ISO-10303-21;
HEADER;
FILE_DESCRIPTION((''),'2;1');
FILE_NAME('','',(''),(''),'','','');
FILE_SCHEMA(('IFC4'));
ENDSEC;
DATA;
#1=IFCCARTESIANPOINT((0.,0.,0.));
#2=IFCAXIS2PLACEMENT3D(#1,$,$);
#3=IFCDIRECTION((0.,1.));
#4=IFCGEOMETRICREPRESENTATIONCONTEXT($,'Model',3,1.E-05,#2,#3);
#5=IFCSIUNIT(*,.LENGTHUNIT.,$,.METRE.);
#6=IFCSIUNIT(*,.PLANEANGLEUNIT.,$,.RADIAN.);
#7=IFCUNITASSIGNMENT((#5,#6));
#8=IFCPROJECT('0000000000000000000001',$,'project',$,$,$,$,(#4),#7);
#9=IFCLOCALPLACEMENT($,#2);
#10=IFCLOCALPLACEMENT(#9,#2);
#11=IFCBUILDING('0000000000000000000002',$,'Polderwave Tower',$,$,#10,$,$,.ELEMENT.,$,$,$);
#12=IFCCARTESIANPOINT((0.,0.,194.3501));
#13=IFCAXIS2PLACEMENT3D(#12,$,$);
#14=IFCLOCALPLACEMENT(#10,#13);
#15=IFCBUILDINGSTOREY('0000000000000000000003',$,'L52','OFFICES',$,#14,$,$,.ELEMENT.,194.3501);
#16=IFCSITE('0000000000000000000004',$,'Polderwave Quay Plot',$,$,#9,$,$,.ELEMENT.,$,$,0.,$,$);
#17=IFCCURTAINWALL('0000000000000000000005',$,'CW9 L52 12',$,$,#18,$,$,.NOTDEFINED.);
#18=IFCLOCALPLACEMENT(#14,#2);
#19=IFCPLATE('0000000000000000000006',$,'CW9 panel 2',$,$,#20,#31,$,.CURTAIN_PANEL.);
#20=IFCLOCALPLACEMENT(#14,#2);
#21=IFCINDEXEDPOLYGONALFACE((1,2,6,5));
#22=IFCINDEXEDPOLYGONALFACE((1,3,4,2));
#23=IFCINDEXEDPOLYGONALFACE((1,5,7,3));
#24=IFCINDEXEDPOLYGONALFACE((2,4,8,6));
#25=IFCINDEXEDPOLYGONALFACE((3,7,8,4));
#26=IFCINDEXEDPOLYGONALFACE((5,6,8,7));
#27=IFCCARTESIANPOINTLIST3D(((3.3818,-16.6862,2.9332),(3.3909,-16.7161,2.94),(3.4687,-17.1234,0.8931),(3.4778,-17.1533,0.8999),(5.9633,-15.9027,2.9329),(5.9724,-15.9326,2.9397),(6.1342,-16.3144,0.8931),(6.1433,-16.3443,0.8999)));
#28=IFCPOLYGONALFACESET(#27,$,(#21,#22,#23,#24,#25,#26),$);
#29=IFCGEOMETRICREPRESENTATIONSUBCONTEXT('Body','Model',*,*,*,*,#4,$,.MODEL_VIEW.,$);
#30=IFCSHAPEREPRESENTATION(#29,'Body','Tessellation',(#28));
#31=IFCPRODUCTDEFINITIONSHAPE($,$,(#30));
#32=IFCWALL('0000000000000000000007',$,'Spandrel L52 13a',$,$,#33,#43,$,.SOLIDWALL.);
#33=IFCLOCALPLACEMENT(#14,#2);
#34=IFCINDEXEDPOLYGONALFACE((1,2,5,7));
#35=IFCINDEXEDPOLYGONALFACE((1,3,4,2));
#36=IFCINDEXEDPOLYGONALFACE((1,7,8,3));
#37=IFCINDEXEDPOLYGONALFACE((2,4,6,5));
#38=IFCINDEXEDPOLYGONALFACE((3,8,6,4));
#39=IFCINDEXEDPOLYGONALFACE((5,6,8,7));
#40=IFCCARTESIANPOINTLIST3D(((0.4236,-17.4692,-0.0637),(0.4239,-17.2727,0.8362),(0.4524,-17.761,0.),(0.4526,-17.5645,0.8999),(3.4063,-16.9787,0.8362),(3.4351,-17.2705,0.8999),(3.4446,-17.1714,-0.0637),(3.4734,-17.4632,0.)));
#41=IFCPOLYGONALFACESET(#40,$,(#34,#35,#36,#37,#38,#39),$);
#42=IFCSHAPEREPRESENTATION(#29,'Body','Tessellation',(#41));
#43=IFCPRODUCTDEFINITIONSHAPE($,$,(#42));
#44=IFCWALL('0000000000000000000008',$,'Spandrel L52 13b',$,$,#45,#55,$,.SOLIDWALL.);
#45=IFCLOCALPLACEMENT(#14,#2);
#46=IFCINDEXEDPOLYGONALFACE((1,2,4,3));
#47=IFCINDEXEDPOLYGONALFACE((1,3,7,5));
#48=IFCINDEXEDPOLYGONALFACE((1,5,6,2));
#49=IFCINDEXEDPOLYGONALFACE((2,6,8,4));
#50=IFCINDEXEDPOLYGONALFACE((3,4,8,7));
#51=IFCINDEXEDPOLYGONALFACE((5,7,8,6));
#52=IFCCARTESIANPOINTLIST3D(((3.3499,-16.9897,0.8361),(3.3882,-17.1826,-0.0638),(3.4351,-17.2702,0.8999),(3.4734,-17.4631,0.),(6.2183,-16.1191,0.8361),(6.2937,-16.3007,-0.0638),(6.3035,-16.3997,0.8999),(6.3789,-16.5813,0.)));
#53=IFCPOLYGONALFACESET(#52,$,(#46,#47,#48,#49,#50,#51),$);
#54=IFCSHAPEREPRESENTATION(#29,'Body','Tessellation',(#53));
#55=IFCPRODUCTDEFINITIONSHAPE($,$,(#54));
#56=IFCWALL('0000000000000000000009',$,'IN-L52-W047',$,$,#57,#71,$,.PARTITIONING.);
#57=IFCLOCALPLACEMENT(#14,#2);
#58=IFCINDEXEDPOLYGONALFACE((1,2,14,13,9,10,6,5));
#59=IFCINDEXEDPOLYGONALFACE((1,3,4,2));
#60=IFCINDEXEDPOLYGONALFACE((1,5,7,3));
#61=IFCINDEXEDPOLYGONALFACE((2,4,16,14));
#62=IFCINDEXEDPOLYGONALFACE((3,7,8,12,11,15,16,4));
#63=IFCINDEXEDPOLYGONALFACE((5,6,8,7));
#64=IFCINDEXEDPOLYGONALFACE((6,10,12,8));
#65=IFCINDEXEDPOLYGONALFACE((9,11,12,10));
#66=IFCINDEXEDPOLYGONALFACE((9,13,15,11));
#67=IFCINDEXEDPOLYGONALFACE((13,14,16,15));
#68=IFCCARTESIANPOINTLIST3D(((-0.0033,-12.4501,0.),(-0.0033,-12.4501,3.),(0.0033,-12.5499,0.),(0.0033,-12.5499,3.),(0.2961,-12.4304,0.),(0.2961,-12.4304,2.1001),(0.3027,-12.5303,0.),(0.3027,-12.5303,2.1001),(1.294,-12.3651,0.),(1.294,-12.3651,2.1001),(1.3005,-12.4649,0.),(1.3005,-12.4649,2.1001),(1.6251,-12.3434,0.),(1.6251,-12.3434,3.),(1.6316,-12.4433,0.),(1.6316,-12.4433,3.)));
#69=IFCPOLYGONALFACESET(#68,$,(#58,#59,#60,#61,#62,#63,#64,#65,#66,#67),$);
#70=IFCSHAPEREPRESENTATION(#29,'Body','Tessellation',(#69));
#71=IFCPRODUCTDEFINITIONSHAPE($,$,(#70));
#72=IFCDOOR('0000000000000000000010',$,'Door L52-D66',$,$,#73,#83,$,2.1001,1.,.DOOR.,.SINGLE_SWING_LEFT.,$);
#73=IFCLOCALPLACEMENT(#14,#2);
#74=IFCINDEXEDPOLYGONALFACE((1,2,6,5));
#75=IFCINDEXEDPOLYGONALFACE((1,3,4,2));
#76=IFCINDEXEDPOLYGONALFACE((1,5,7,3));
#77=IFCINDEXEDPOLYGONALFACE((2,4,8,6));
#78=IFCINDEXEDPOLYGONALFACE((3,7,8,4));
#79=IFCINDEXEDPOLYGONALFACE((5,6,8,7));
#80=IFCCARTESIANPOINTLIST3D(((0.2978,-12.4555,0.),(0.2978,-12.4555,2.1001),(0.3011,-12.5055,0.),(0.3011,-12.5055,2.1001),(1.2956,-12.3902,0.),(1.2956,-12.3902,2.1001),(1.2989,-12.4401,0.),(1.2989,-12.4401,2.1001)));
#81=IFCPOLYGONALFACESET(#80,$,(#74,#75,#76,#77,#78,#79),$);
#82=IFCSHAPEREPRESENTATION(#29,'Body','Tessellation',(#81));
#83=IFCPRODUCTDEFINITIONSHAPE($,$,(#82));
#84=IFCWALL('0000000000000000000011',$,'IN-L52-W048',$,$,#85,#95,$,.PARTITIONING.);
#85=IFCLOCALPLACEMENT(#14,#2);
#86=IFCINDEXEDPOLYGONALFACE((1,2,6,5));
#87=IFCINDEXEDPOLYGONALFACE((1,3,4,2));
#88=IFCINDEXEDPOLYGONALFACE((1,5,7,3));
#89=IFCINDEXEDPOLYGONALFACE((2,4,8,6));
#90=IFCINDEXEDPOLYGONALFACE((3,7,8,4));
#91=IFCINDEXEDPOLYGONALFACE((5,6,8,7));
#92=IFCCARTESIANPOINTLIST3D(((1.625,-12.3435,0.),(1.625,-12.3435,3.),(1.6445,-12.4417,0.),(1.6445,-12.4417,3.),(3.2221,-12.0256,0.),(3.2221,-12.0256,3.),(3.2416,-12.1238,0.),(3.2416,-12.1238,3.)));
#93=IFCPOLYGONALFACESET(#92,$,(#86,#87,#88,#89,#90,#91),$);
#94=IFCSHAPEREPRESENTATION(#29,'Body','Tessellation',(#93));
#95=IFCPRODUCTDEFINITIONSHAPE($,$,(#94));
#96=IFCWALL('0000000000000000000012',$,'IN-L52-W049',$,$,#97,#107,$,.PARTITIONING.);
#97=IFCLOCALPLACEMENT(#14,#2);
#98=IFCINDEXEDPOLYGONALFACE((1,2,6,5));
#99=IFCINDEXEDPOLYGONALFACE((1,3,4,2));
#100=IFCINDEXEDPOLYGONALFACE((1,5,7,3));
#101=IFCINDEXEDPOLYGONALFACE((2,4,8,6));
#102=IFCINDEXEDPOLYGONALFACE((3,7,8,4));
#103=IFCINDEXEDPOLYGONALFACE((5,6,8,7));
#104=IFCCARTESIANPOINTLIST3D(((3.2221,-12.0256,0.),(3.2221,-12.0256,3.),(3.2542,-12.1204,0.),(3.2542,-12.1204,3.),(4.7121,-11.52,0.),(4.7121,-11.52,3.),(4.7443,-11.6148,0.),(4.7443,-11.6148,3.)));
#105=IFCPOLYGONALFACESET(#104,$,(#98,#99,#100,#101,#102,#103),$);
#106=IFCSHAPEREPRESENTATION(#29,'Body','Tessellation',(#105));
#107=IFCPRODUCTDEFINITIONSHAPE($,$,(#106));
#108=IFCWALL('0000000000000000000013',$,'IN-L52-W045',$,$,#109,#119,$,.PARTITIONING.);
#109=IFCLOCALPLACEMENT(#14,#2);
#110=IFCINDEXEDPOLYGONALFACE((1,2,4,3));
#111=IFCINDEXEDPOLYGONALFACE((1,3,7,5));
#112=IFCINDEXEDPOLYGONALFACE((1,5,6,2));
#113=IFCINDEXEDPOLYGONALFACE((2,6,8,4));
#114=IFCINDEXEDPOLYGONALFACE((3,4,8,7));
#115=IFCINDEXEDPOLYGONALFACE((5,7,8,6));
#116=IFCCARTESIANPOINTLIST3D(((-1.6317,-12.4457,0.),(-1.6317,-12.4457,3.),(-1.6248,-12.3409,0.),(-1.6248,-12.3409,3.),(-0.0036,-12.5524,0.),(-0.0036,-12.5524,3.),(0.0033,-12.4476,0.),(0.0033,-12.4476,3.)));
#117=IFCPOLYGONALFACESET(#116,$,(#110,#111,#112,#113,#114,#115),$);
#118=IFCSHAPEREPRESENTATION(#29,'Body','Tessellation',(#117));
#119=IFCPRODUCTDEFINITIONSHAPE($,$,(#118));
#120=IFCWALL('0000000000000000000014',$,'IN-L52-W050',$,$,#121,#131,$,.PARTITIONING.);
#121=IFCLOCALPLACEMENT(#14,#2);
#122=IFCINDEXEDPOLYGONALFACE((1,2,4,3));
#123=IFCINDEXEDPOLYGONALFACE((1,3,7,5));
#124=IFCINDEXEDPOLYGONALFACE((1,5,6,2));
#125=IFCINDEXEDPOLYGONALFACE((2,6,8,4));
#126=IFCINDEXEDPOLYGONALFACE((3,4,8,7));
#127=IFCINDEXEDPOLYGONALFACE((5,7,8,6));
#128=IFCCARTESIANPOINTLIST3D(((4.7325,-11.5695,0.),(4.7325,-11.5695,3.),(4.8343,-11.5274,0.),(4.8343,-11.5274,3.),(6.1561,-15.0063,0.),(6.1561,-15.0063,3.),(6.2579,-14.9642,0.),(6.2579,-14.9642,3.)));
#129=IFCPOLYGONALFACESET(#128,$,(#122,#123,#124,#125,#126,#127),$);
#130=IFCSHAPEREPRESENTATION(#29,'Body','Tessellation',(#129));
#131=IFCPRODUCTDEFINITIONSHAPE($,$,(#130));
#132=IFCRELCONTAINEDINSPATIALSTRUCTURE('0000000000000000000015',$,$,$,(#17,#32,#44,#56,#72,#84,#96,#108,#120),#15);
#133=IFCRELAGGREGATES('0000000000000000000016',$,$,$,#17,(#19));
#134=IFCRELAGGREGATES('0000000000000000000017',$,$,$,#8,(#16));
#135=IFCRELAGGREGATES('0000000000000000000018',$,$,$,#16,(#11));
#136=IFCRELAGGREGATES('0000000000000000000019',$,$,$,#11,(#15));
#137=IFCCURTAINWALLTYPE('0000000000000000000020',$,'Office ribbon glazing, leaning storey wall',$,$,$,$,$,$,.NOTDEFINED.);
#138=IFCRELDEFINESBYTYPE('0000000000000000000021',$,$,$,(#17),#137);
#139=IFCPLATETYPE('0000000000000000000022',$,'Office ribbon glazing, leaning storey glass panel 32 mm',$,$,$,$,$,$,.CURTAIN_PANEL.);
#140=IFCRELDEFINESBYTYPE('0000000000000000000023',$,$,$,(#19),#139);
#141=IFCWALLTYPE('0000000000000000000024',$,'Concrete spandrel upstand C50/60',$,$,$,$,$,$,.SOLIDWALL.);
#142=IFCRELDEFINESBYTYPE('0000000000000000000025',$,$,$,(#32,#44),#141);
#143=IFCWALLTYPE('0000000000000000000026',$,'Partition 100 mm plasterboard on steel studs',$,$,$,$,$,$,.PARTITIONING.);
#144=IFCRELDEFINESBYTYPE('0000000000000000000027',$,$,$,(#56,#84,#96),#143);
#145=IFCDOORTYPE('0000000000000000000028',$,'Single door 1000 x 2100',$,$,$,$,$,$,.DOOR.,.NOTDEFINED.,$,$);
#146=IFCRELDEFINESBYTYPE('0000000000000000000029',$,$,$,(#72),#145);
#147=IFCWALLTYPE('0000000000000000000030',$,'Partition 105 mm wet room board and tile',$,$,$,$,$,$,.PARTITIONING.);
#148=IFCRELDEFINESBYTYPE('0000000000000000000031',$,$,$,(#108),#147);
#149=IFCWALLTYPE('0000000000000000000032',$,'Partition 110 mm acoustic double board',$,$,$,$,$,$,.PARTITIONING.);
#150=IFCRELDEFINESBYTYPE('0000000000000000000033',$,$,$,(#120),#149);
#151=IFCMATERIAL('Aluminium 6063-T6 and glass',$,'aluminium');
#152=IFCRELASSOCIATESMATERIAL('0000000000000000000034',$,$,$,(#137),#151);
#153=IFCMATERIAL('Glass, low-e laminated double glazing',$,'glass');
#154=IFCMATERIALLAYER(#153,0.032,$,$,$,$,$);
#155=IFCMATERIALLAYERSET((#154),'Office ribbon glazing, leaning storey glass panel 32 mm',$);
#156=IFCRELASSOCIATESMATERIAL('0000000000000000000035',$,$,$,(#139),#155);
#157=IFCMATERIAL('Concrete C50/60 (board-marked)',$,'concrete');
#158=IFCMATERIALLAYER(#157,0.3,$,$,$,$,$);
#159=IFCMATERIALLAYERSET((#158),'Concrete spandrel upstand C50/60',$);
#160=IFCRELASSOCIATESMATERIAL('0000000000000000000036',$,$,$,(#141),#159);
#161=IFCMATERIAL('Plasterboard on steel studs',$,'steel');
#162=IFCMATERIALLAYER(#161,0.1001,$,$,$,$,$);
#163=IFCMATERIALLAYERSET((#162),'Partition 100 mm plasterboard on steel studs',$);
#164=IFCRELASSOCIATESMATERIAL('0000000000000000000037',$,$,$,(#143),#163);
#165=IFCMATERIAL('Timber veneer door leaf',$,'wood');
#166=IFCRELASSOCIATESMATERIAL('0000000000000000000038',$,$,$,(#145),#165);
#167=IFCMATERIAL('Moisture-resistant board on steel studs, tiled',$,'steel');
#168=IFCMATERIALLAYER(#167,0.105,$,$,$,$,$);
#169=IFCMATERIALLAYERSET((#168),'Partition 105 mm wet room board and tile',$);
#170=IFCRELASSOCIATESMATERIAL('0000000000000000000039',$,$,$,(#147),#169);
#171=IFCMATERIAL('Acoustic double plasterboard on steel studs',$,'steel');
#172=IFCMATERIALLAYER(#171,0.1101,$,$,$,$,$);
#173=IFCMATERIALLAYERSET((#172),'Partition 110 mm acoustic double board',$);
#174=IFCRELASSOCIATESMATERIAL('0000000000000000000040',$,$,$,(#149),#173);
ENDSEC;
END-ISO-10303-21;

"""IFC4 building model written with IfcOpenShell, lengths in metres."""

from ifc_helpers import new_model, si_unit, direction, frame, frame_2d, origin, place, context, subcontext, project, spatial, polyline, rectangle, outline, extrude, material, layer, layer_set, type_object, element, fill, aggregate, save


model = new_model("IFC4")

# Units and contexts
model_context = context("Model", 3, precision=1e-05, world=origin(), true_north=direction((0.0, 1.0)))
body_context = subcontext(model_context, "Body", "Model", "MODEL_VIEW")
ifc_project = project(units=[si_unit("LENGTHUNIT", "METRE"), si_unit("PLANEANGLEUNIT", "RADIAN")], contexts=[model_context])

# Site, building, storey
site_placement = place(None, origin())
site = spatial("IfcSite", under=ifc_project, at=site_placement, Name="Polderwave Quay Plot", CompositionType="ELEMENT", RefElevation=0.0)
building_placement = place(site_placement, origin())
building = spatial("IfcBuilding", under=site, at=building_placement, Name="Polderwave Tower", CompositionType="ELEMENT")
storey_placement = place(building_placement, frame((0.0, 0.0, 194.3501)))
storey = spatial("IfcBuildingStorey", under=building, at=storey_placement, Name="L52", Description="OFFICES", CompositionType="ELEMENT", Elevation=194.3501)

# Curtain wall
ifc_material_1 = material(Name="Aluminium 6063-T6 and glass", Category="aluminium")
curtain_wall_type = type_object("IfcCurtainWallType", Name="Office ribbon glazing, leaning storey wall", PredefinedType="NOTDEFINED", material=ifc_material_1)
curtain_wall_1_placement = place(storey_placement, origin())
curtain_wall_1 = element("IfcCurtainWall", 1, at=curtain_wall_1_placement, inside=storey, type_object=curtain_wall_type, Name="CW9 L52 12", PredefinedType="NOTDEFINED")

# Plate
ifc_material_2 = material(Name="Glass, low-e laminated double glazing", Category="glass")
ifc_layer_1 = layer(ifc_material_2, 0.032)
ifc_layer_set_1 = layer_set([ifc_layer_1], Name="Office ribbon glazing, leaning storey glass panel 32 mm")
plate_type = type_object("IfcPlateType", Name="Office ribbon glazing, leaning storey glass panel 32 mm", PredefinedType="CURTAIN_PANEL", material=ifc_layer_set_1)
plate_1_placement = place(storey_placement, frame((3.4778, -17.1533, 0.8999), z_axis=(0.283803, -0.935043, 0.212485), x_axis=(0.956894, 0.290436, 0.000003)))
plate_1 = element("IfcPlate", 2, at=plate_1_placement, type_object=plate_type, Name="CW9 panel 2", PredefinedType="CURTAIN_PANEL", context=body_context, shape_type="SweptSolid", body=[
    extrude(outline(polyline([(0.0, 0.0), (2.7856, 0.0), (2.7416, 2.0875), (0.0438, 2.0877), (0.0, 0.0)])), origin(), (0.0, 0.0, -1.0), 0.032),
])
aggregate(curtain_wall_1, [plate_1])

# Walls
ifc_material_3 = material(Name="Concrete C50/60 (board-marked)", Category="concrete")
ifc_layer_2 = layer(ifc_material_3, 0.3)
ifc_layer_set_2 = layer_set([ifc_layer_2], Name="Concrete spandrel upstand C50/60")
wall_type_1 = type_object("IfcWallType", Name="Concrete spandrel upstand C50/60", PredefinedType="SOLIDWALL", material=ifc_layer_set_2)
wall_1_placement = place(storey_placement, frame((0.4524, -17.761, 0.0), z_axis=(0.095865, -0.97249, 0.212304), x_axis=(0.995176, 0.098102, 0.000004)))
element("IfcWall", 3, at=wall_1_placement, inside=storey, type_object=wall_type_1, Name="Spandrel L52 13a", PredefinedType="SOLIDWALL", context=body_context, shape_type="SweptSolid", body=[
    extrude(outline(polyline([(0.0, 0.0), (3.0356, 0.0), (3.0164, 0.9209), (0.0195, 0.9209), (0.0, 0.0)])), origin(), (0.0, 0.0, -1.0), 0.3),
])
wall_2_placement = place(storey_placement, frame((3.4734, -17.4631, 0.0), z_axis=(0.283794, -0.935041, 0.212507), x_axis=(0.956897, 0.290427, -0.000001)))
element("IfcWall", 4, at=wall_2_placement, inside=storey, type_object=wall_type_1, Name="Spandrel L52 13b", PredefinedType="SOLIDWALL", context=body_context, shape_type="SweptSolid", body=[
    extrude(outline(polyline([(0.0, 0.0), (3.0364, 0.0), (3.017, 0.9209), (0.0193, 0.9209), (0.0, 0.0)])), origin(), (0.0, 0.0, -1.0), 0.3),
])

# Wall, opening, door
ifc_material_4 = material(Name="Plasterboard on steel studs", Category="steel")
ifc_layer_3 = layer(ifc_material_4, 0.1001)
ifc_layer_set_3 = layer_set([ifc_layer_3], Name="Partition 100 mm plasterboard on steel studs")
wall_type_2 = type_object("IfcWallType", Name="Partition 100 mm plasterboard on steel studs", PredefinedType="PARTITIONING", material=ifc_layer_set_3)
wall_3_placement = place(storey_placement, frame((0.0, -12.5, 0.0), z_axis=(0.0, 0.0, 1.0), x_axis=(0.997861, 0.065377, 0.0)))
wall_3 = element("IfcWall", 5, at=wall_3_placement, inside=storey, type_object=wall_type_2, Name="IN-L52-W047", PredefinedType="PARTITIONING", context=body_context, shape_type="SweptSolid", body=[
    extrude(rectangle(XDim=1.6318, YDim=0.1001, at=frame_2d((0.8159, 0.0))), origin(), (0.0, 0.0, 1.0), 3.0),
])
opening_placement = place(wall_3_placement, frame((0.3, 0.0, 0.0)))
opening = element("IfcOpeningElement", 6, at=opening_placement, cuts=wall_3, PredefinedType="OPENING", context=body_context, shape_type="SweptSolid", body=[
    extrude(rectangle(XDim=1.0, YDim=2.1001, at=frame_2d((0.5, 1.05))), frame((0.0, 0.0601, 0.0), z_axis=(0.0, -1.0, 0.0), x_axis=(1.0, 0.0, 0.0)), (0.0, 0.0, 1.0), 0.1201),
])
ifc_material_5 = material(Name="Timber veneer door leaf", Category="wood")
door_type = type_object("IfcDoorType", Name="Single door 1000 x 2100", OperationType="NOTDEFINED", PredefinedType="DOOR", material=ifc_material_5)
door_placement = place(opening_placement, origin())
door = element("IfcDoor", 7, at=door_placement, inside=storey, type_object=door_type, Name="Door L52-D66", OperationType="SINGLE_SWING_LEFT", OverallHeight=2.1001, OverallWidth=1.0, PredefinedType="DOOR", context=body_context, shape_type="SweptSolid", body=[
    extrude(rectangle(XDim=1.0, YDim=2.1001, at=frame_2d((0.5, 1.05))), frame((0.0, 0.0249, 0.0), z_axis=(0.0, -1.0, 0.0), x_axis=(1.0, 0.0, 0.0)), (0.0, 0.0, 1.0), 0.05),
])
fill(opening, door)

# Walls
wall_4_placement = place(storey_placement, frame((1.6348, -12.3926, 0.0), z_axis=(0.0, 0.0, 1.0), x_axis=(0.980765, 0.195193, 0.0)))
element("IfcWall", 8, at=wall_4_placement, inside=storey, type_object=wall_type_2, Name="IN-L52-W048", PredefinedType="PARTITIONING", context=body_context, shape_type="SweptSolid", body=[
    extrude(rectangle(XDim=1.6284, YDim=0.1001, at=frame_2d((0.8142, 0.0))), origin(), (0.0, 0.0, 1.0), 3.0),
])
wall_5_placement = place(storey_placement, frame((3.2383, -12.073, 0.0), z_axis=(0.0, 0.0, 1.0), x_axis=(0.946963, 0.321344, 0.0)))
element("IfcWall", 9, at=wall_5_placement, inside=storey, type_object=wall_type_2, Name="IN-L52-W049", PredefinedType="PARTITIONING", context=body_context, shape_type="SweptSolid", body=[
    extrude(rectangle(XDim=1.5735, YDim=0.1001, at=frame_2d((0.7866, 0.0))), origin(), (0.0, 0.0, 1.0), 3.0),
])
ifc_material_6 = material(Name="Moisture-resistant board on steel studs, tiled", Category="steel")
ifc_layer_4 = layer(ifc_material_6, 0.105)
ifc_layer_set_4 = layer_set([ifc_layer_4], Name="Partition 105 mm wet room board and tile")
wall_type_3 = type_object("IfcWallType", Name="Partition 105 mm wet room board and tile", PredefinedType="PARTITIONING", material=ifc_layer_set_4)
wall_6_placement = place(storey_placement, frame((0.0, -12.5, 0.0), z_axis=(0.0, 0.0, 1.0), x_axis=(-0.99786, 0.065387, 0.0)))
element("IfcWall", 10, at=wall_6_placement, inside=storey, type_object=wall_type_3, Name="IN-L52-W045", PredefinedType="PARTITIONING", context=body_context, shape_type="SweptSolid", body=[
    extrude(rectangle(XDim=1.6316, YDim=0.105, at=frame_2d((0.8159, 0.0))), origin(), (0.0, 0.0, 1.0), 3.0),
])
ifc_material_7 = material(Name="Acoustic double plasterboard on steel studs", Category="steel")
ifc_layer_5 = layer(ifc_material_7, 0.1101)
ifc_layer_set_5 = layer_set([ifc_layer_5], Name="Partition 110 mm acoustic double board")
wall_type_4 = type_object("IfcWallType", Name="Partition 110 mm acoustic double board", PredefinedType="PARTITIONING", material=ifc_layer_set_5)
wall_7_placement = place(storey_placement, frame((4.7834, -11.5486, 0.0), z_axis=(0.0, 0.0, 1.0), x_axis=(0.38269, -0.923877, 0.0)))
element("IfcWall", 11, at=wall_7_placement, inside=storey, type_object=wall_type_4, Name="IN-L52-W050", PredefinedType="PARTITIONING", context=body_context, shape_type="SweptSolid", body=[
    extrude(rectangle(XDim=3.72, YDim=0.1101, at=frame_2d((1.8599, 0.0))), origin(), (0.0, 0.0, 1.0), 3.0),
])

save(model, "model.ifc")
